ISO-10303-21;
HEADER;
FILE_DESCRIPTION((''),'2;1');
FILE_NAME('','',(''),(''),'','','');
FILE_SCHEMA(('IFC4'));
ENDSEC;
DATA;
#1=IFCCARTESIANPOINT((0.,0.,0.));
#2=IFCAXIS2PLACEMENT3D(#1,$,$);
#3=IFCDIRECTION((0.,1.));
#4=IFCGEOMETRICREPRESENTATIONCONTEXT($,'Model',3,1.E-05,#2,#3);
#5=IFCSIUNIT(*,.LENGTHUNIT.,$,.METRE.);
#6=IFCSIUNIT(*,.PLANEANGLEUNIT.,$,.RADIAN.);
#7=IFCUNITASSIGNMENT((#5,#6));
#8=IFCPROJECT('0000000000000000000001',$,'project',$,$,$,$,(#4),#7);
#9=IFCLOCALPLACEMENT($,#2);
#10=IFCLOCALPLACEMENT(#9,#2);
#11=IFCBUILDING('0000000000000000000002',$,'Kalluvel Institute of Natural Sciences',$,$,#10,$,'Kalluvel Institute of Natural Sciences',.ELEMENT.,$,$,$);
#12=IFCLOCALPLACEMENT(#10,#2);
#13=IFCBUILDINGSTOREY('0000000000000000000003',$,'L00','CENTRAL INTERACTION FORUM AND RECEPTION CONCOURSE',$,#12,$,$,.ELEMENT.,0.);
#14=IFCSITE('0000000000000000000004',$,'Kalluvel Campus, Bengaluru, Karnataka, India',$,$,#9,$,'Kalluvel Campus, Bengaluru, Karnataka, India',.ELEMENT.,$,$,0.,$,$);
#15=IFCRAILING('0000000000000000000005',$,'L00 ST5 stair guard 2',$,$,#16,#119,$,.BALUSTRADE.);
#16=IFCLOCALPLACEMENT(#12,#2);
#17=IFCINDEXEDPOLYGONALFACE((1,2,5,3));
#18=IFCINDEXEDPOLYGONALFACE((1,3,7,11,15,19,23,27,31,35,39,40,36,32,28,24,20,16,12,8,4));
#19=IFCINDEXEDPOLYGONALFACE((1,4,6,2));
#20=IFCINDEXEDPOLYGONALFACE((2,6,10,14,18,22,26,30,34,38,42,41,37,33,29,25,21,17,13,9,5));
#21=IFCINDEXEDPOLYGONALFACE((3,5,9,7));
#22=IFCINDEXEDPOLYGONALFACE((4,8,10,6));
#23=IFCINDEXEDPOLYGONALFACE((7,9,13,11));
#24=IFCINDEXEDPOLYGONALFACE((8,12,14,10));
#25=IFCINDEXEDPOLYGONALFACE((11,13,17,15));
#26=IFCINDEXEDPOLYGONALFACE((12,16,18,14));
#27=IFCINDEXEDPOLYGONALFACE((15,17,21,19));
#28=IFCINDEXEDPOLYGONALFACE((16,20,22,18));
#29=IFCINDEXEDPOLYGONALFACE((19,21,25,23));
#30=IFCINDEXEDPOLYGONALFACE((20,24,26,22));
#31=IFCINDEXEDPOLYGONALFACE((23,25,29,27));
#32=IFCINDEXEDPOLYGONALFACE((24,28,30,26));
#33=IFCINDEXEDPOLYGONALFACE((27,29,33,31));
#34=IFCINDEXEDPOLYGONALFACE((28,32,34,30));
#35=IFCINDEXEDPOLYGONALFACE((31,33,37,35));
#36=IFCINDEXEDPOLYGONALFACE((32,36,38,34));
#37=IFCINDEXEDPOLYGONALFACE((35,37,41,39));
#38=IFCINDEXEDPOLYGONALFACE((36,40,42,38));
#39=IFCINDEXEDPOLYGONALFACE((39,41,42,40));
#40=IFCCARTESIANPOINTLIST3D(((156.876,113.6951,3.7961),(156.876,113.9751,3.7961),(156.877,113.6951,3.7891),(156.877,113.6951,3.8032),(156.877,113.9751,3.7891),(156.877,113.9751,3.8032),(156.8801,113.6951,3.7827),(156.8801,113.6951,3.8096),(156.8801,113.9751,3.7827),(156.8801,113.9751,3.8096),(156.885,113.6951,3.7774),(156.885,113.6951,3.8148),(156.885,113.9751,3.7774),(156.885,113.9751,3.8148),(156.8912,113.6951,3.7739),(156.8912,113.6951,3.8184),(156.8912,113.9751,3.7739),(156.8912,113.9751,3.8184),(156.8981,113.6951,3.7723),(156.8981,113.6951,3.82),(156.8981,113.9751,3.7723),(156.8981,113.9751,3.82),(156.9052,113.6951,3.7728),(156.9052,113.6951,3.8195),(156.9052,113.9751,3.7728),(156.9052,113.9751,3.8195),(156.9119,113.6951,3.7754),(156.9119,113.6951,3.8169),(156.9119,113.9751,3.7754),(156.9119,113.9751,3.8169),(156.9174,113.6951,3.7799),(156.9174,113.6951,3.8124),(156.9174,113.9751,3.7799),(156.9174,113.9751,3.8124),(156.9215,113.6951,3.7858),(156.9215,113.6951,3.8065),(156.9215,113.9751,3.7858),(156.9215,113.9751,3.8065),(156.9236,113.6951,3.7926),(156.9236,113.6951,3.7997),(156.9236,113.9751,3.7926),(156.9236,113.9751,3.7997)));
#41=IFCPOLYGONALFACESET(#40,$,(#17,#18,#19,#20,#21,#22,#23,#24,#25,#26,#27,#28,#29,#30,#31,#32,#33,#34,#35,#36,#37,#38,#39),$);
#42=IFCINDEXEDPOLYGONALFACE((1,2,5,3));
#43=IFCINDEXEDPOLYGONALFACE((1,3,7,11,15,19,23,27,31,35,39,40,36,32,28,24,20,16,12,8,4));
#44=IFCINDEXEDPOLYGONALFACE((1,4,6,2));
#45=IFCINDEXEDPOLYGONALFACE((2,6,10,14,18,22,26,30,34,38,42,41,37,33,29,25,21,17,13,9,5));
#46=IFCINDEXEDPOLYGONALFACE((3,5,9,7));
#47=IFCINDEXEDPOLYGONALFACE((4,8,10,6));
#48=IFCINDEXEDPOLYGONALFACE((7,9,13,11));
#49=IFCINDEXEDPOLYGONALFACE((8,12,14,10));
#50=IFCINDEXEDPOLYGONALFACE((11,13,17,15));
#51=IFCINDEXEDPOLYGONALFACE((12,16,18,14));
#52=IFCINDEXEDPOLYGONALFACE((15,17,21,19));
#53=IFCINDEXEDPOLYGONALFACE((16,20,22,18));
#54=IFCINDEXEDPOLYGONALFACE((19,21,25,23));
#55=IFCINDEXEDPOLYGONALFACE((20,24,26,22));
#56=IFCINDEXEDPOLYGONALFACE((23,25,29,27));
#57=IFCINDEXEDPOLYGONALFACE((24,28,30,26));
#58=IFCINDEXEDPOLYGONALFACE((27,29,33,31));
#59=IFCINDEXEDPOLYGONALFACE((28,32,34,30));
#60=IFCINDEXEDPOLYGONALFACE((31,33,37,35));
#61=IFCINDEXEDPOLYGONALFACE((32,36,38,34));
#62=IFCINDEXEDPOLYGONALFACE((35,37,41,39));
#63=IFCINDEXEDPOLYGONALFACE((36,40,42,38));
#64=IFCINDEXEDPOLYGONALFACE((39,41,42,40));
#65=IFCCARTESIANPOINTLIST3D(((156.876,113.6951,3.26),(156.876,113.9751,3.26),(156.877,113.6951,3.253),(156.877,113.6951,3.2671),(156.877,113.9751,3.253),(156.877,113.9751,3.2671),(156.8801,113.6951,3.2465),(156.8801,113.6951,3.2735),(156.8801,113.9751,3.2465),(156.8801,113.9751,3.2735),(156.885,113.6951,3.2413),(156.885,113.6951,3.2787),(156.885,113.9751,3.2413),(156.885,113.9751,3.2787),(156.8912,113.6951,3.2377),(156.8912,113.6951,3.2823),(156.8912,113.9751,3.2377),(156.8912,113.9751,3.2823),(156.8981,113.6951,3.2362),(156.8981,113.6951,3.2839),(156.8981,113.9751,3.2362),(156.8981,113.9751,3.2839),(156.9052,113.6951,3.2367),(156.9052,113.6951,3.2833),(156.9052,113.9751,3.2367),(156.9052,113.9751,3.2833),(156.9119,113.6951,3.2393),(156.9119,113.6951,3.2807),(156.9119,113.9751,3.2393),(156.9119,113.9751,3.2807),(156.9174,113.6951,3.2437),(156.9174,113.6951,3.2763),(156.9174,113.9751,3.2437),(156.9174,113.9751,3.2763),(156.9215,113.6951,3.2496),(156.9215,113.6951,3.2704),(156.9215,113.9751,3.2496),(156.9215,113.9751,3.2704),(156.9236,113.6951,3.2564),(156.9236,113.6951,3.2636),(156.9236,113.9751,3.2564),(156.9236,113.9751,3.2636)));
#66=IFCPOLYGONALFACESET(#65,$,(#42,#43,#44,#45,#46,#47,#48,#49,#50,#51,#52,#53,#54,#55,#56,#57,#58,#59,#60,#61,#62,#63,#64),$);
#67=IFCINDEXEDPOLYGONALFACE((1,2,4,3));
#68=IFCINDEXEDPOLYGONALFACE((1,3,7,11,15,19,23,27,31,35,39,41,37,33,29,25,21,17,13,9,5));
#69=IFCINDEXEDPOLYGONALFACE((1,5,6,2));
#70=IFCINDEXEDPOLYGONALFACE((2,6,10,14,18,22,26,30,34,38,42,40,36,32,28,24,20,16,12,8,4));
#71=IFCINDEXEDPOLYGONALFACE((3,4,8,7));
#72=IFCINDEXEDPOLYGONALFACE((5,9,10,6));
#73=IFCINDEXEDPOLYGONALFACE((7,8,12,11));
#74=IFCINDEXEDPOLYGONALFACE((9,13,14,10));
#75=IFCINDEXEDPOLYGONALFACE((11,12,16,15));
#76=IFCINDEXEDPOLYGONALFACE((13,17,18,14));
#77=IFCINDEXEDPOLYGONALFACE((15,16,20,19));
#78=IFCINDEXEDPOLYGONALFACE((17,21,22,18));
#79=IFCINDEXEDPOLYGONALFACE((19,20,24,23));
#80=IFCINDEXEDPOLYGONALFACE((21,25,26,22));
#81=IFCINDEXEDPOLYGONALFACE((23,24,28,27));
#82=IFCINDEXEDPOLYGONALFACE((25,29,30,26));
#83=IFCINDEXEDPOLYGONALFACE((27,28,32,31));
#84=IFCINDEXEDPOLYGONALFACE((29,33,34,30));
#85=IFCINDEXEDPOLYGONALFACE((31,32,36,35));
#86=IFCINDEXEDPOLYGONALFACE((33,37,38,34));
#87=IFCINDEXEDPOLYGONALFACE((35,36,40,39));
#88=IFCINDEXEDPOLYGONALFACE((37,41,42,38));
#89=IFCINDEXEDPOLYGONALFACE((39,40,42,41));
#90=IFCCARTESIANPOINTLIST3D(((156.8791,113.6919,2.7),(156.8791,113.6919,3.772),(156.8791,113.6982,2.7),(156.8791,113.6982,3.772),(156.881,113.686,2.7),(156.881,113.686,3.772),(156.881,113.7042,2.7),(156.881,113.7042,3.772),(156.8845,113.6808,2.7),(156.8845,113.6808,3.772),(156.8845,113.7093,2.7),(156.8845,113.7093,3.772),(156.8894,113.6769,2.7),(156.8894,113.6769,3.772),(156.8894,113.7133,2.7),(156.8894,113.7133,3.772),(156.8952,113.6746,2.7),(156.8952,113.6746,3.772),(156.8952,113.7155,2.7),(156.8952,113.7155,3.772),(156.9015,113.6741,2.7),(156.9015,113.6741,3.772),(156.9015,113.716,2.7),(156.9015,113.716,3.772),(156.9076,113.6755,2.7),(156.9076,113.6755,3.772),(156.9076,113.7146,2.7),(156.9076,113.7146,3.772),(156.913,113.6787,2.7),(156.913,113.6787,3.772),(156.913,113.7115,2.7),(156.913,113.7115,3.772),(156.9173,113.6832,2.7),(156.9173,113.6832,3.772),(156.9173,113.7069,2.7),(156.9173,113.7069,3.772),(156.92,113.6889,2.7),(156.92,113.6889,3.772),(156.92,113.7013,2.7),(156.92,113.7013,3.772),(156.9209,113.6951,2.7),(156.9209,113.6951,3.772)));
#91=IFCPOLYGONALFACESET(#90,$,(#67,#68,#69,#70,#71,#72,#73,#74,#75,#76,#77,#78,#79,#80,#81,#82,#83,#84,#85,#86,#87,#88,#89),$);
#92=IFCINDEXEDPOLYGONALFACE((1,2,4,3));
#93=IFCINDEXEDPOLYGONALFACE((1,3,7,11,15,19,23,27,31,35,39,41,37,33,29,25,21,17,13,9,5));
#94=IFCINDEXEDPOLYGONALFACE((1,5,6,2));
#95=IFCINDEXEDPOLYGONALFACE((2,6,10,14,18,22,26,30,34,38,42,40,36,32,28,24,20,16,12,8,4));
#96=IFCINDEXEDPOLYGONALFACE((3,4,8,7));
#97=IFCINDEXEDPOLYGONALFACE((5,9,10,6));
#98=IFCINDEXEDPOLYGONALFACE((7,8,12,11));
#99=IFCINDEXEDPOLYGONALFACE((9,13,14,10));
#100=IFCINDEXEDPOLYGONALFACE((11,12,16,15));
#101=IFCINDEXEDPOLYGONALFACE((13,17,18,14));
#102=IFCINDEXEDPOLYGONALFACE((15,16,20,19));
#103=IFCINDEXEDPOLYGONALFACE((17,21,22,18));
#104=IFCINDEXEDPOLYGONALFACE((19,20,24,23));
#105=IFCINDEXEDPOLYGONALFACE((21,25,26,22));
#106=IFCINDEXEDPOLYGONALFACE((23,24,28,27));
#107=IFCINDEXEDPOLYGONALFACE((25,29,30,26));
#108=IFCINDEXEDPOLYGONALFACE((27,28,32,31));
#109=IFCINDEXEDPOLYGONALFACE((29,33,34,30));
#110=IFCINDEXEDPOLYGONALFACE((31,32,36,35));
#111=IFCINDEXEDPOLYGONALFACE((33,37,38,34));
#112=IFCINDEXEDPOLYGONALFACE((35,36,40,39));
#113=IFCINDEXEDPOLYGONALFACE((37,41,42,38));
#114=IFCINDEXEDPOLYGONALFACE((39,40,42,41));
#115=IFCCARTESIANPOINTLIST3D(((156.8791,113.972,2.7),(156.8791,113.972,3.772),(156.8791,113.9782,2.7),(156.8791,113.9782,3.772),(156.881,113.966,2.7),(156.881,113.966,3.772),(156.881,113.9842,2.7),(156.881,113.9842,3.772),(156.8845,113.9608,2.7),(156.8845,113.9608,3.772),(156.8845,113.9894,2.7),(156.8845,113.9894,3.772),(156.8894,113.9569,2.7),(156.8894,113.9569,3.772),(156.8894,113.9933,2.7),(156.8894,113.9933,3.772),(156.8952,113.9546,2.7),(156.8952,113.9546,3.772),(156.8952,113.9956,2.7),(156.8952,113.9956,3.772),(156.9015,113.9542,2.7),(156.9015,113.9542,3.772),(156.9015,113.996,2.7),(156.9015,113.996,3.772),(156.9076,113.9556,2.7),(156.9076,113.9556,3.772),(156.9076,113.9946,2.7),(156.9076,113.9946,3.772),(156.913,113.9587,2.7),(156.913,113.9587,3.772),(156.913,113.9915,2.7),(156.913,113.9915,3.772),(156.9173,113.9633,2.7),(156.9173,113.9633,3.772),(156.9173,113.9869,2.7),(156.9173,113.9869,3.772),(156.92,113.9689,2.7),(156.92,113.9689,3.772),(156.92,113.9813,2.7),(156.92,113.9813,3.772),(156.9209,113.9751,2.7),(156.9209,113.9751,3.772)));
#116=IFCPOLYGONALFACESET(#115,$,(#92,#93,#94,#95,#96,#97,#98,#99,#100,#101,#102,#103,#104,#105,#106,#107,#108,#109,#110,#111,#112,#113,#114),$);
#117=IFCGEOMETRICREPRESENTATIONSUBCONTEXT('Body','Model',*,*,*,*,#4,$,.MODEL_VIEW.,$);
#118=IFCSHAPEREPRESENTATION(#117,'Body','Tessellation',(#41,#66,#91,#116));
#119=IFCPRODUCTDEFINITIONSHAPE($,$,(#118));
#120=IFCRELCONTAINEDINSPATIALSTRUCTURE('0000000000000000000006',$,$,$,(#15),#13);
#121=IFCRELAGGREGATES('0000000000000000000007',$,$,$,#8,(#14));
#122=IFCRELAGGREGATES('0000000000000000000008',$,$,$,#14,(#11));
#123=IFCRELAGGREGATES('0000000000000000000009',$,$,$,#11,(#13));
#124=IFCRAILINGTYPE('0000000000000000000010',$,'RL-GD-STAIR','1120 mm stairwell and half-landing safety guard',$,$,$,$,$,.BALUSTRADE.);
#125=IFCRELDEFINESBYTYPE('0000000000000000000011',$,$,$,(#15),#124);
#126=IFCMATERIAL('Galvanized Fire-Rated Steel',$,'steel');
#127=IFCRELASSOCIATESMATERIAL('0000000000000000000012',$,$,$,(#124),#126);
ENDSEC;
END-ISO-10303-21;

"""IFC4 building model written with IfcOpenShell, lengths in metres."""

from ifc_helpers import new_model, si_unit, direction, frame, origin, origin_2d, place, context, subcontext, project, spatial, circle, extrude, material, type_object, element, save


model = new_model("IFC4")

# Units and contexts
model_context = context("Model", 3, precision=1e-05, world=origin(), true_north=direction((0.0, 1.0)))
body_context = subcontext(model_context, "Body", "Model", "MODEL_VIEW")
ifc_project = project(units=[si_unit("LENGTHUNIT", "METRE"), si_unit("PLANEANGLEUNIT", "RADIAN")], contexts=[model_context])

# Site, building, storey
site_placement = place(None, origin())
site = spatial("IfcSite", under=ifc_project, at=site_placement, Name="Kalluvel Campus, Bengaluru, Karnataka, India", LongName="Kalluvel Campus, Bengaluru, Karnataka, India", CompositionType="ELEMENT", RefElevation=0.0)
building_placement = place(site_placement, origin())
building = spatial("IfcBuilding", under=site, at=building_placement, Name="Kalluvel Institute of Natural Sciences", LongName="Kalluvel Institute of Natural Sciences", CompositionType="ELEMENT")
storey_placement = place(building_placement, origin())
storey = spatial("IfcBuildingStorey", under=building, at=storey_placement, Name="L00", Description="CENTRAL INTERACTION FORUM AND RECEPTION CONCOURSE", CompositionType="ELEMENT", Elevation=0.0)

# Shared definitions
ifc_material_1 = material(Name="Galvanized Fire-Rated Steel", Category="steel")

# Railing
railing_type_1 = type_object("IfcRailingType", Name="RL-GD-STAIR", Description="1120 mm stairwell and half-landing safety guard", PredefinedType="BALUSTRADE", material=ifc_material_1)
railing_1_placement = place(storey_placement, frame((156.8999, 113.6951, 2.7)))
element("IfcRailing", 1, at=railing_1_placement, inside=storey, type_object=railing_type_1, Name="L00 ST5 stair guard 2", PredefinedType="BALUSTRADE", context=body_context, shape_type="SweptSolid", body=[
    extrude(circle(Radius=0.0239, at=origin_2d()), frame((0.0, 0.0, 1.0962), z_axis=(0.0, 1.0, 0.0), x_axis=(-1.0, 0.0, 0.0)), (0.0, 0.0, 1.0), 0.28),
    extrude(circle(Radius=0.0239, at=origin_2d()), frame((0.0, 0.0, 0.5601), z_axis=(0.0, 1.0, 0.0), x_axis=(-1.0, 0.0, 0.0)), (0.0, 0.0, 1.0), 0.28),
    extrude(circle(Radius=0.021, at=origin_2d()), origin(), (0.0, 0.0, 1.0), 1.072),
    extrude(circle(Radius=0.021, at=origin_2d()), frame((0.0, 0.28, 0.0)), (0.0, 0.0, 1.0), 1.072),
])

save(model, "model.ifc")
